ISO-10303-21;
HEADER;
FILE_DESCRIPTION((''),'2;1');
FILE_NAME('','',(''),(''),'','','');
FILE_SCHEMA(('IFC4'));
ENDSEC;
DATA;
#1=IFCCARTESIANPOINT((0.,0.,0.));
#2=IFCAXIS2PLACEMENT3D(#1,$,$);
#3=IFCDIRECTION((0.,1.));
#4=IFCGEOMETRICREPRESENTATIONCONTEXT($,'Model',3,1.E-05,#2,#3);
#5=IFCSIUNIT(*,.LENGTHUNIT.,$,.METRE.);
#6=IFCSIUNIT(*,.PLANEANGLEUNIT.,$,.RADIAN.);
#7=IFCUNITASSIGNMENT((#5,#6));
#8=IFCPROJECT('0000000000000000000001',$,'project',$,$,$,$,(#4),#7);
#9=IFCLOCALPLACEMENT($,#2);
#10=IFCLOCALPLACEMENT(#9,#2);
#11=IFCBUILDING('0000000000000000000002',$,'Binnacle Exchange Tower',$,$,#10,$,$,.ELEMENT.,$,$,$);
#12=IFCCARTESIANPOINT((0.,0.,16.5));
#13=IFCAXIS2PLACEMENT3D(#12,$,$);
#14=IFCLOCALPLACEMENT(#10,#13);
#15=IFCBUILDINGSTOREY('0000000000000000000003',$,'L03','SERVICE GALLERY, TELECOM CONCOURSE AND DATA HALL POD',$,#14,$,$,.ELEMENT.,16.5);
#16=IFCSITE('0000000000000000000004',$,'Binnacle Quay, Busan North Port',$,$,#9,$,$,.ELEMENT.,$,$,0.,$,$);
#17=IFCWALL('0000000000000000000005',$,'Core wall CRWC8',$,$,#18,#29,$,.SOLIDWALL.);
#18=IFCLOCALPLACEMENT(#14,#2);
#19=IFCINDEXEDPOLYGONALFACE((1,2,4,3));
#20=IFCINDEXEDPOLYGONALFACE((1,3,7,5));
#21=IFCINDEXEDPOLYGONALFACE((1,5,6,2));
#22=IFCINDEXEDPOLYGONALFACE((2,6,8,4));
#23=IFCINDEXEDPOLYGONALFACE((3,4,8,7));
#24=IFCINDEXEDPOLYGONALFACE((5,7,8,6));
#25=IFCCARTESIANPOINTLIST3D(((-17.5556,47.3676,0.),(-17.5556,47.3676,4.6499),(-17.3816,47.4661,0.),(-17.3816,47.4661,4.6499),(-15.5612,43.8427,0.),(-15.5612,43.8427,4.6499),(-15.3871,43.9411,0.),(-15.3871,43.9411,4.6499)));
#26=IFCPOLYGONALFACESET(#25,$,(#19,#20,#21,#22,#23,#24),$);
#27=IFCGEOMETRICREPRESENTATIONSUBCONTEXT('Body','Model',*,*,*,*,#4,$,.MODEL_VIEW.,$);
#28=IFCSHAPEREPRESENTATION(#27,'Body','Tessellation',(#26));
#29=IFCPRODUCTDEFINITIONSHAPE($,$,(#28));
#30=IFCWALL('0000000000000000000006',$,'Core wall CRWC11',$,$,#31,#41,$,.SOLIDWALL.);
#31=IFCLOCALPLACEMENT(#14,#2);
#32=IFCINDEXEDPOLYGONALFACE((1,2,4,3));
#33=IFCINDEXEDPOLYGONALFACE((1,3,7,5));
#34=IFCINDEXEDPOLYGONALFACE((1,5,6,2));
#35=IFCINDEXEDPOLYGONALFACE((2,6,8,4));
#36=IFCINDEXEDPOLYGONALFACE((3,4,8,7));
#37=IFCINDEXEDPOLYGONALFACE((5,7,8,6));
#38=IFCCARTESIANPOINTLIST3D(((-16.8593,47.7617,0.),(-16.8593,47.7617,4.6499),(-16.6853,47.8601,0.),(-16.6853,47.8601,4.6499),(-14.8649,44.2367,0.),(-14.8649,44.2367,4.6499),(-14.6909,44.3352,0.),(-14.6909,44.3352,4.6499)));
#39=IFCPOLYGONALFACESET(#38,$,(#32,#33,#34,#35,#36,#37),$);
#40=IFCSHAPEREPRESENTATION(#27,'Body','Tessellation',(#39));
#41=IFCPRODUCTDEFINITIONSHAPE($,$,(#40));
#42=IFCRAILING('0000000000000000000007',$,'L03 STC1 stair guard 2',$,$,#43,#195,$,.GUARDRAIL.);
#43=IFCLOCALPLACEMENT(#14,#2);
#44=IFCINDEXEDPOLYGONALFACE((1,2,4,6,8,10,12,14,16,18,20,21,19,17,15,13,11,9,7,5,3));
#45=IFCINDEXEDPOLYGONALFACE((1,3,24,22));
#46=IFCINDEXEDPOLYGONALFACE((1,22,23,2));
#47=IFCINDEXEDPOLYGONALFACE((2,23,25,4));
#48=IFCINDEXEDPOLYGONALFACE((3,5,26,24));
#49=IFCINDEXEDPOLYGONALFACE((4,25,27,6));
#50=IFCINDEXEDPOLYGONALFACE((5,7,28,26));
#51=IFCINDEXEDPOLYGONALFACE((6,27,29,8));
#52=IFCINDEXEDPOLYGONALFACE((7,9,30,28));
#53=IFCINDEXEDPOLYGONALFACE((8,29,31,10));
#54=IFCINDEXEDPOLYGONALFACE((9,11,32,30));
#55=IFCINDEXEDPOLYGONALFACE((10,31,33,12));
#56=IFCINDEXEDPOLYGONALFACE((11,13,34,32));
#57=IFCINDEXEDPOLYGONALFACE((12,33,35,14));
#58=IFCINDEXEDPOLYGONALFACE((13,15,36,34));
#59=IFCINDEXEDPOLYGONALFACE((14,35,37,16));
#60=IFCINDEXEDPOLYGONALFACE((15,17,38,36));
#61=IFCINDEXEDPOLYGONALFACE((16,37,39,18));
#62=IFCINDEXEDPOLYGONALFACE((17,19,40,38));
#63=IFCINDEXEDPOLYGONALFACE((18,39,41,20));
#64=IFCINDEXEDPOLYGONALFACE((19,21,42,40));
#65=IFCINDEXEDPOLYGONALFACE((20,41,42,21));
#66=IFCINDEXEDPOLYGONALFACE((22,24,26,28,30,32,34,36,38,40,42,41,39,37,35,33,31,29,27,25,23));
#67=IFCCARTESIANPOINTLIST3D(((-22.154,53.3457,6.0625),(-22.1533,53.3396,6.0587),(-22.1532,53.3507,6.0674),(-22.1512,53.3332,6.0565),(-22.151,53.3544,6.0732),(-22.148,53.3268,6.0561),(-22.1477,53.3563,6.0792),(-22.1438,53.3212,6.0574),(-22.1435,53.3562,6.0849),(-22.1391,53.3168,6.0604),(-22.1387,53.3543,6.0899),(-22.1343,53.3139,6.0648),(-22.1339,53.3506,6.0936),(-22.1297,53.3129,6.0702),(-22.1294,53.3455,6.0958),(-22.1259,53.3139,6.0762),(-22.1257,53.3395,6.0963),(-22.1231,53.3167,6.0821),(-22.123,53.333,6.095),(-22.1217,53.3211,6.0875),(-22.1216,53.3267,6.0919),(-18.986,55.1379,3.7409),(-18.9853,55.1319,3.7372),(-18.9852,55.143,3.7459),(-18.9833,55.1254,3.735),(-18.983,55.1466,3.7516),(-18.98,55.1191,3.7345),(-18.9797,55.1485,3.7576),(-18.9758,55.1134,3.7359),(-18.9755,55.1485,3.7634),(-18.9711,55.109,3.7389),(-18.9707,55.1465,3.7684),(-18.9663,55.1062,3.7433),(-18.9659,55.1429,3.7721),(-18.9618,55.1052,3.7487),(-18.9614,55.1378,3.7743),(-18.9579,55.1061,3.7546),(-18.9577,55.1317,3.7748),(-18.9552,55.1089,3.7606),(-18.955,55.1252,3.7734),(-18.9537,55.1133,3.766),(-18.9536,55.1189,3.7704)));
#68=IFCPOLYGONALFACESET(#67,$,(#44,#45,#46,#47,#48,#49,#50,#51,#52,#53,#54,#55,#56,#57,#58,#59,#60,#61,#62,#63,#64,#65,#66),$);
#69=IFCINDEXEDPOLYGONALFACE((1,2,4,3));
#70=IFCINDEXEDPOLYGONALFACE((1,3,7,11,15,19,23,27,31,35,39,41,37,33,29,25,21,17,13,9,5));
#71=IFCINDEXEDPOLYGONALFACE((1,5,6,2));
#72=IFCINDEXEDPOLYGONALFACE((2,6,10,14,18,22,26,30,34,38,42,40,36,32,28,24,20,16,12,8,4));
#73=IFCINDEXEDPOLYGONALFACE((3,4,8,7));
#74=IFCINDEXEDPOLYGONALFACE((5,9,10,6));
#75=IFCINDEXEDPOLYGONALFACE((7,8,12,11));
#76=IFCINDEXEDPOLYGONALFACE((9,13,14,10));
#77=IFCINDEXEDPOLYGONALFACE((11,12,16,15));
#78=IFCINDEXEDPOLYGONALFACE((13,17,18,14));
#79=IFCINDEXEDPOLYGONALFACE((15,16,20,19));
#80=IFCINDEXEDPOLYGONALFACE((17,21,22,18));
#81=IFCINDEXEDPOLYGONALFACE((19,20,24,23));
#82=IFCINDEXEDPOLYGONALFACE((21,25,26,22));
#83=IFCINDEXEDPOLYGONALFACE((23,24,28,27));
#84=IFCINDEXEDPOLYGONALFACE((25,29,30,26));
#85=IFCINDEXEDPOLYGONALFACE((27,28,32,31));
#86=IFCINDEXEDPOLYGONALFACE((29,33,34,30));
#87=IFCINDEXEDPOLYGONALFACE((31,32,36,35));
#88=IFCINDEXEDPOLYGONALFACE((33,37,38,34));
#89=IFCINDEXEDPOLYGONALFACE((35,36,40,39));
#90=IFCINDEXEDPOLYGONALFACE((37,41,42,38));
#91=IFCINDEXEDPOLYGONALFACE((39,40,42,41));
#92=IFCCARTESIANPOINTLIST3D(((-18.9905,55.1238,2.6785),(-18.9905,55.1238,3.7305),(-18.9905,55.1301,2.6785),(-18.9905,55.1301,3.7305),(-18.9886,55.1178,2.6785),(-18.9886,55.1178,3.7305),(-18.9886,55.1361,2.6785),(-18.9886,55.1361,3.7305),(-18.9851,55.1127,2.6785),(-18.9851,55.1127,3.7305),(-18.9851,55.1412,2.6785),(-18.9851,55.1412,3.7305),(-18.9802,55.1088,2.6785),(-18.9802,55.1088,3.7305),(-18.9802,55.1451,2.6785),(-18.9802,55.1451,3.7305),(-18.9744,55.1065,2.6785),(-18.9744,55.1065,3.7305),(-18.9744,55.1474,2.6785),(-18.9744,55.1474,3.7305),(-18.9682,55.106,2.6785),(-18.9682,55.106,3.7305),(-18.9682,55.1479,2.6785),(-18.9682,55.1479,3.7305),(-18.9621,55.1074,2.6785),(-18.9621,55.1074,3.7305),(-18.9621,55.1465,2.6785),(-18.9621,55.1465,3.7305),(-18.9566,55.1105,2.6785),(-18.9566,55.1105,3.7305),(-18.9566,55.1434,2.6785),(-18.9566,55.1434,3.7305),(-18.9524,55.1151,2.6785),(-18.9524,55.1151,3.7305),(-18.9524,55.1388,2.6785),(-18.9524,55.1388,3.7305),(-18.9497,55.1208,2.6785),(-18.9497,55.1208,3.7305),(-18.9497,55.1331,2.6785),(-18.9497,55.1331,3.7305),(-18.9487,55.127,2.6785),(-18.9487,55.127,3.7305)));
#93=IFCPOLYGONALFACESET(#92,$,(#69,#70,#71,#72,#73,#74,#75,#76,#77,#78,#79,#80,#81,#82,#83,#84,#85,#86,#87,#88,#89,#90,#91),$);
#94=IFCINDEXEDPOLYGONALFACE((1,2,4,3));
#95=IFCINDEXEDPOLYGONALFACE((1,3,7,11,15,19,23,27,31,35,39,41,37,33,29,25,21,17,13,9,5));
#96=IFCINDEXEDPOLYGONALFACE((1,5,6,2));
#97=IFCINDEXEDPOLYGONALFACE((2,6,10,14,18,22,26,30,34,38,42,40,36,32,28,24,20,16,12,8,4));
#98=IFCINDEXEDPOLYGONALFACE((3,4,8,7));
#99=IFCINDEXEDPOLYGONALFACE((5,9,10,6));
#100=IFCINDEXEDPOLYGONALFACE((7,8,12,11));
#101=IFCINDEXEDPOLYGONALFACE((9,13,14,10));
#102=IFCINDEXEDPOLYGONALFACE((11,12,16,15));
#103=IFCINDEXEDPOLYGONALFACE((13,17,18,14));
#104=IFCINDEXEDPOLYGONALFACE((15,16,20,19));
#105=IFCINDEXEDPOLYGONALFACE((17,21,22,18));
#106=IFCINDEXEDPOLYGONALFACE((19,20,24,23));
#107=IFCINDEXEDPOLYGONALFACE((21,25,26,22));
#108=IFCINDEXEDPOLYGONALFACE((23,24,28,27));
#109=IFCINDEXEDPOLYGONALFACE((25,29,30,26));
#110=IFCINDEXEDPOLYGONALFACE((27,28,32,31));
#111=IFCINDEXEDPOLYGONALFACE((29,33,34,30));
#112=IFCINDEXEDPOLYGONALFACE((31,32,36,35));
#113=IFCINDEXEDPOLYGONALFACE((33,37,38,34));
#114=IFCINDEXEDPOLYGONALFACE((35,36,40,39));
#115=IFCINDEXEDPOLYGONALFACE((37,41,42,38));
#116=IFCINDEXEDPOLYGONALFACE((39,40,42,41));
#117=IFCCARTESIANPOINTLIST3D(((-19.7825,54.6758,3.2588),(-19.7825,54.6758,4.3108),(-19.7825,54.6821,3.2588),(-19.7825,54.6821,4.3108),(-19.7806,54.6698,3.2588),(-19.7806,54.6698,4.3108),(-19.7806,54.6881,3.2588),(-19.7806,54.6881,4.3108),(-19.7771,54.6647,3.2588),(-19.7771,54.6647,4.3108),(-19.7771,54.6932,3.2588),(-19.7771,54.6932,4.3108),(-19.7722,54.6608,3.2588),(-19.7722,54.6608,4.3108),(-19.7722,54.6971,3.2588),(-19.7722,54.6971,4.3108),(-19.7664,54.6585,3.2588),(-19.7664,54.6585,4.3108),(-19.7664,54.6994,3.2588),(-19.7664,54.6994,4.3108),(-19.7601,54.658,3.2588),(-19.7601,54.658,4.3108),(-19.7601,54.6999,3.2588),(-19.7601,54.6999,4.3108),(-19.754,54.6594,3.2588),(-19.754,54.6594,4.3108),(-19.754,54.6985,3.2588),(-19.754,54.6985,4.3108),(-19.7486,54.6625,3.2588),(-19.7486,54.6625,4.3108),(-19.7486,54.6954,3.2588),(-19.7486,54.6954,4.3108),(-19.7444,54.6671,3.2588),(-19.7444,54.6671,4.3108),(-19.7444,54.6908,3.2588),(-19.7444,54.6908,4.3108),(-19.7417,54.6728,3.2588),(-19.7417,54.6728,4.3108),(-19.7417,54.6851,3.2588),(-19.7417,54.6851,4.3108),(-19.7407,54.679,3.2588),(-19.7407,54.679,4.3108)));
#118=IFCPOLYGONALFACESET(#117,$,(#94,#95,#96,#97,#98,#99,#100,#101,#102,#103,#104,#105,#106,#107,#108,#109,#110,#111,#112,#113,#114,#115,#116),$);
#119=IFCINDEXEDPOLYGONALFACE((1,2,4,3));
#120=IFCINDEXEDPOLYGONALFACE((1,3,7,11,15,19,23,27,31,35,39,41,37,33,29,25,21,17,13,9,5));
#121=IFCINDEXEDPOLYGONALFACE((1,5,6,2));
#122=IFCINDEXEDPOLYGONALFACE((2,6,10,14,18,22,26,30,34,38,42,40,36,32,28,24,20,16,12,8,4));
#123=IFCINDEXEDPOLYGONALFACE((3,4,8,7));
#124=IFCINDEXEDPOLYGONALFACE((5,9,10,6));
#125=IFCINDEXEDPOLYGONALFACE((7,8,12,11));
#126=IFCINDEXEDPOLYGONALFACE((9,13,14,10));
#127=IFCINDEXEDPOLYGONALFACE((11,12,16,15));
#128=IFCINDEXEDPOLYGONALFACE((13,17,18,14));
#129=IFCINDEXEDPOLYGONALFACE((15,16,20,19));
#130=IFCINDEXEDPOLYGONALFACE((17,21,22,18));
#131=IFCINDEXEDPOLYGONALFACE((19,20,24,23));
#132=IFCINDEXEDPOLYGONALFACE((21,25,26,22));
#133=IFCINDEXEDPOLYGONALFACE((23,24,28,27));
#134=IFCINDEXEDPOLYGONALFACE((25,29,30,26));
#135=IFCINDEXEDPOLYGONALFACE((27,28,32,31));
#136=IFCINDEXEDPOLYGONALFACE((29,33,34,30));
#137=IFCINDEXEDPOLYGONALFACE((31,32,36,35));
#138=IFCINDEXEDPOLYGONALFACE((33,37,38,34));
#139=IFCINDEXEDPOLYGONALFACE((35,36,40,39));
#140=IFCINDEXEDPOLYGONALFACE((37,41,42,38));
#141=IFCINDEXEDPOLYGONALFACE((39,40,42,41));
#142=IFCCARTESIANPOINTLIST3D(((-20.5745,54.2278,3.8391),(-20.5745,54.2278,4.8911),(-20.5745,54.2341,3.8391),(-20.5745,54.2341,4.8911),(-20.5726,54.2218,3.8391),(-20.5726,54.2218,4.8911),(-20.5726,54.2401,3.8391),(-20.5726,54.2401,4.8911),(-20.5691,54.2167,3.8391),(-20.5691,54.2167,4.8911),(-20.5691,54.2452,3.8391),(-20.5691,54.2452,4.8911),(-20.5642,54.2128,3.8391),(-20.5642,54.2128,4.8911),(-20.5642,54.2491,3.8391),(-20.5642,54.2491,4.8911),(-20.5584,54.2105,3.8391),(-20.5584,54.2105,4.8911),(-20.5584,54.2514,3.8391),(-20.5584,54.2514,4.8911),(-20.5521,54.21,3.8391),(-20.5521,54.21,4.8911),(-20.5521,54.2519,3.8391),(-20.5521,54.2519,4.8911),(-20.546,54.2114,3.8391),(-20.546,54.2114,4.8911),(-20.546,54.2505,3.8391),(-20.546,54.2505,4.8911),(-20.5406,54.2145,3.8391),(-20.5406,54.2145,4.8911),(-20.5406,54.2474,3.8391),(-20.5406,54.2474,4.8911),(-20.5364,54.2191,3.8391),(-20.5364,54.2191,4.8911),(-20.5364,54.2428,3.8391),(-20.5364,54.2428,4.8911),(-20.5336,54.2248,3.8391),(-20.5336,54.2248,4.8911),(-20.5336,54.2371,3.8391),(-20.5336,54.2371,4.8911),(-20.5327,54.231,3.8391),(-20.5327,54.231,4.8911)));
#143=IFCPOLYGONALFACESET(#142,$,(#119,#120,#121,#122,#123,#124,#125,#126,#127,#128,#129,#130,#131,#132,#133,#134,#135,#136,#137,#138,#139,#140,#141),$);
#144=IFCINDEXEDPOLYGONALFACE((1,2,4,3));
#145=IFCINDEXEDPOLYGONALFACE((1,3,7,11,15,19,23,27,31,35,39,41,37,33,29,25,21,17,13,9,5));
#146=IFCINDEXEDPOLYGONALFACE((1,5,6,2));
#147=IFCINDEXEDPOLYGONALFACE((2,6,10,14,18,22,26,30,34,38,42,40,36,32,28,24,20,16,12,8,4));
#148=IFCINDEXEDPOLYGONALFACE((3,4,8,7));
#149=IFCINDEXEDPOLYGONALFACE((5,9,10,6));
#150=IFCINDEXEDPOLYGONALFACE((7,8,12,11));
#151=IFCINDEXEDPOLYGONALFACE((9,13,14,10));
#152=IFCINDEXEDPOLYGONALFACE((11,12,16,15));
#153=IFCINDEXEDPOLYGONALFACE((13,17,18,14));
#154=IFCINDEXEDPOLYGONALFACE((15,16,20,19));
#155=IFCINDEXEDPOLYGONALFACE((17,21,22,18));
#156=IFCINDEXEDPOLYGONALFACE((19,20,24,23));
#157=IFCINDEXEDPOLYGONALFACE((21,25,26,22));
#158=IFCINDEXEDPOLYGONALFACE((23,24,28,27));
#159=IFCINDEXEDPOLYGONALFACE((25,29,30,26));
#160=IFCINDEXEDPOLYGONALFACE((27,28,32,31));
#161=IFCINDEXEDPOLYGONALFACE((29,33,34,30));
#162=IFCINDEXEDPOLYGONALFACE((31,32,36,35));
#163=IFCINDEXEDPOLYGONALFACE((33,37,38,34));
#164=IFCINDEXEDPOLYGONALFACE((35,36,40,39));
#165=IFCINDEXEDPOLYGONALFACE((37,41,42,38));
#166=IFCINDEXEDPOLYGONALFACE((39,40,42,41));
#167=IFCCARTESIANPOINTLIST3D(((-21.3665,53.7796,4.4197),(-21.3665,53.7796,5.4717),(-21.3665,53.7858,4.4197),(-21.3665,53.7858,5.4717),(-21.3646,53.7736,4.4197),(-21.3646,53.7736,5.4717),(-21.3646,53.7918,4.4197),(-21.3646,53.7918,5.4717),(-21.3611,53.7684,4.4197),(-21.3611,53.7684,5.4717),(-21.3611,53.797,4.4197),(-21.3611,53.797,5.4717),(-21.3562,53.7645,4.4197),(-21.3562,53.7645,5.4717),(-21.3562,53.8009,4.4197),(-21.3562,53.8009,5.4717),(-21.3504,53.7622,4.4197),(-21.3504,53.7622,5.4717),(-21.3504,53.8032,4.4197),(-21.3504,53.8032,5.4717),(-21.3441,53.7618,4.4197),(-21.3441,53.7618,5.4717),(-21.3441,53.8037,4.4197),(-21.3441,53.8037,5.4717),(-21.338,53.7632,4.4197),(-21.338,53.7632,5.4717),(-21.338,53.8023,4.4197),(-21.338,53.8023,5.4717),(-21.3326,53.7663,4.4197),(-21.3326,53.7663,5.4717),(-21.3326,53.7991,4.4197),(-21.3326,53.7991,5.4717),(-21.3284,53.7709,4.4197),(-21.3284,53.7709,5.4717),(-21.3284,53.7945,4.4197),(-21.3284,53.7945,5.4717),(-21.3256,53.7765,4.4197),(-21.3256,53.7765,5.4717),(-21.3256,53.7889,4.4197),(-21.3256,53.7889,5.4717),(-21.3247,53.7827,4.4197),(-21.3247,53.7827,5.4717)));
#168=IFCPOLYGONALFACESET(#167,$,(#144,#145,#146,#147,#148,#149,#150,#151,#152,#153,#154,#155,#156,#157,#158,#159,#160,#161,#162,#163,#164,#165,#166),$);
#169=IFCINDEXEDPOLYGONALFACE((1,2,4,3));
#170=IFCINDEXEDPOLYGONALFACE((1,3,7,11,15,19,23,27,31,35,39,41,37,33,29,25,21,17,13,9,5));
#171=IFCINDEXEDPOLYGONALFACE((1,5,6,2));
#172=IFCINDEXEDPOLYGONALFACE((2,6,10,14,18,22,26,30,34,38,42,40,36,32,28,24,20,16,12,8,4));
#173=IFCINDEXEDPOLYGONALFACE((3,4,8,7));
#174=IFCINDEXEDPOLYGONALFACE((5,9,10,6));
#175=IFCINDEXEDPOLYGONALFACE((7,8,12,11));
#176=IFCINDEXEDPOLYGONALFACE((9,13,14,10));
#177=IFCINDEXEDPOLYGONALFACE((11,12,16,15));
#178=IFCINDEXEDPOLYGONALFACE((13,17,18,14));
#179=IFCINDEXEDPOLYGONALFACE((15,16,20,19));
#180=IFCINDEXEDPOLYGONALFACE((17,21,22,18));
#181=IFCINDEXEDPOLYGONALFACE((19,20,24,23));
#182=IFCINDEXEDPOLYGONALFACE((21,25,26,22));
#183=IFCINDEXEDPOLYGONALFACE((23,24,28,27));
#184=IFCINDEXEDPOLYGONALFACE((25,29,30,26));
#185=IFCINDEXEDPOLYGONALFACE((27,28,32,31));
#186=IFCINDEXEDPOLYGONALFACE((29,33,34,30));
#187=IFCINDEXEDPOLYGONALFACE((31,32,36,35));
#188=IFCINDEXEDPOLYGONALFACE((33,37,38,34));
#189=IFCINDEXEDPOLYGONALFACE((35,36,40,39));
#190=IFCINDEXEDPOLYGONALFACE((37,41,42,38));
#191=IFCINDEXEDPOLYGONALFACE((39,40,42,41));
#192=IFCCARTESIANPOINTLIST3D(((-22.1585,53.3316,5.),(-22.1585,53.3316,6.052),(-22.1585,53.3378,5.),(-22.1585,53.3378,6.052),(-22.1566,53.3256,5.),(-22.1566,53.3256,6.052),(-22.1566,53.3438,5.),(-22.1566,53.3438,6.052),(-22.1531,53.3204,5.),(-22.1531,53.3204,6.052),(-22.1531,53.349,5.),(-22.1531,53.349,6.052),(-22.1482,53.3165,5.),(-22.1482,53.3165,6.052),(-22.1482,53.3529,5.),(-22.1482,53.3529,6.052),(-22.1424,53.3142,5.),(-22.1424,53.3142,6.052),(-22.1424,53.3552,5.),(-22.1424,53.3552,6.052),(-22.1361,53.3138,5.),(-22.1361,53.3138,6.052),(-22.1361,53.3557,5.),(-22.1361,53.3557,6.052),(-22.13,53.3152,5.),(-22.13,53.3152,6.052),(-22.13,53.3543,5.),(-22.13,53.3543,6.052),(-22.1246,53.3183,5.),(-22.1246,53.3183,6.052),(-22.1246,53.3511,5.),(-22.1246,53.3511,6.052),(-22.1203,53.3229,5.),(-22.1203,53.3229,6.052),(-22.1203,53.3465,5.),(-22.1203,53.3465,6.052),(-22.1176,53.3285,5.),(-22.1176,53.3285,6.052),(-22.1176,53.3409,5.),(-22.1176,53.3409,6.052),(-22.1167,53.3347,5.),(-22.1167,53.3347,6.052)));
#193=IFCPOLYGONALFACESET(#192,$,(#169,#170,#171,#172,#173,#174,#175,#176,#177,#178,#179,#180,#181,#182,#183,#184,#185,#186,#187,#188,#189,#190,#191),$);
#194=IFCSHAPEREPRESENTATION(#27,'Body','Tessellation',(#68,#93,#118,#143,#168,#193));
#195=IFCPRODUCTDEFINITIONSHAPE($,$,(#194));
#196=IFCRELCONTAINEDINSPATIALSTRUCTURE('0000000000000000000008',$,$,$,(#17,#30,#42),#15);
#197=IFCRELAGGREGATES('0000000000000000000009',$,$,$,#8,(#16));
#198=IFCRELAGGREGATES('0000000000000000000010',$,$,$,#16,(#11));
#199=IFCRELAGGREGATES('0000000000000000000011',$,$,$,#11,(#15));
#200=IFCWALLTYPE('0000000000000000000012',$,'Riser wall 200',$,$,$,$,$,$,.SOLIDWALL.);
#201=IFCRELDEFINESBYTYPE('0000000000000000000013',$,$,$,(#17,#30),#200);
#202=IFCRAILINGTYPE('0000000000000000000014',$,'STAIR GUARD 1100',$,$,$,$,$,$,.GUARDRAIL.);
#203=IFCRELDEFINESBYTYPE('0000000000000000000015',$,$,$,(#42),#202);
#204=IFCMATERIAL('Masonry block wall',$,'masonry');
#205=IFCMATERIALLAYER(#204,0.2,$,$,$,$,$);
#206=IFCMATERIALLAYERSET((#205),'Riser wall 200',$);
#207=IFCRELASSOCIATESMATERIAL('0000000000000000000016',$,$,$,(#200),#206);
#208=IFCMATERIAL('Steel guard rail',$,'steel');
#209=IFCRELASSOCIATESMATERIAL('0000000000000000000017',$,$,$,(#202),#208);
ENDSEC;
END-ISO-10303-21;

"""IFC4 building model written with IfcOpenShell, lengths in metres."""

from ifc_helpers import new_model, si_unit, direction, frame, frame_2d, origin, origin_2d, place, context, subcontext, project, spatial, rectangle, circle, extrude, material, layer, layer_set, type_object, element, save


model = new_model("IFC4")

# Units and contexts
model_context = context("Model", 3, precision=1e-05, world=origin(), true_north=direction((0.0, 1.0)))
body_context = subcontext(model_context, "Body", "Model", "MODEL_VIEW")
ifc_project = project(units=[si_unit("LENGTHUNIT", "METRE"), si_unit("PLANEANGLEUNIT", "RADIAN")], contexts=[model_context])

# Site, building, storey
site_placement = place(None, origin())
site = spatial("IfcSite", under=ifc_project, at=site_placement, Name="Binnacle Quay, Busan North Port", CompositionType="ELEMENT", RefElevation=0.0)
building_placement = place(site_placement, origin())
building = spatial("IfcBuilding", under=site, at=building_placement, Name="Binnacle Exchange Tower", CompositionType="ELEMENT")
storey_placement = place(building_placement, frame((0.0, 0.0, 16.5)))
storey = spatial("IfcBuildingStorey", under=building, at=storey_placement, Name="L03", Description="SERVICE GALLERY, TELECOM CONCOURSE AND DATA HALL POD", CompositionType="ELEMENT", Elevation=16.5)

# Shared definitions
ifc_material_1 = material(Name="Masonry block wall", Category="masonry")

# Walls
ifc_layer_1 = layer(ifc_material_1, 0.2)
ifc_layer_set_1 = layer_set([ifc_layer_1], Name="Riser wall 200")
wall_type_1 = type_object("IfcWallType", Name="Riser wall 200", PredefinedType="SOLIDWALL", material=ifc_layer_set_1)
for number, where, z_axis, x_axis, name in (
    (1, (-17.4685, 47.4167, 0.0), (0.0, 0.0, 1.0), (0.492441, -0.870346, 0.0), "Core wall CRWC8"),
    (2, (-16.7722, 47.8108, 0.0), (0.0, 0.0, 1.0), (0.492441, -0.870346, 0.0), "Core wall CRWC11"),
):
    element("IfcWall", number, at=place(storey_placement, frame(where, z_axis=z_axis, x_axis=x_axis)), inside=storey, type_object=wall_type_1, Name=name, PredefinedType="SOLIDWALL", context=body_context, shape_type="SweptSolid", body=[
        extrude(rectangle(XDim=4.05, YDim=0.2, at=frame_2d((2.0249, 0.0))), origin(), (0.0, 0.0, 1.0), 4.6499),
    ])

# Railing
ifc_material_2 = material(Name="Steel guard rail", Category="steel")
railing_type = type_object("IfcRailingType", Name="STAIR GUARD 1100", PredefinedType="GUARDRAIL", material=ifc_material_2)
railing_placement = place(storey_placement, frame((-18.9697, 55.127, 2.6785)))
element("IfcRailing", 3, at=railing_placement, inside=storey, type_object=railing_type, Name="L03 STC1 stair guard 2", PredefinedType="GUARDRAIL", context=body_context, shape_type="SweptSolid", body=[
    extrude(circle(Radius=0.0239, at=origin_2d()), frame((0.0, 0.0, 1.0762), z_axis=(-0.733813, -0.415145, 0.537749), x_axis=(0.4924, -0.870369, 0.0)), (0.0, 0.0, 1.0), 4.3171),
    extrude(circle(Radius=0.021, at=origin_2d()), origin(), (0.0, 0.0, 1.0), 1.052),
    extrude(circle(Radius=0.021, at=origin_2d()), frame((-0.792, -0.448, 0.5803)), (0.0, 0.0, 1.0), 1.052),
    extrude(circle(Radius=0.021, at=origin_2d()), frame((-1.584, -0.896, 1.1606)), (0.0, 0.0, 1.0), 1.052),
    extrude(circle(Radius=0.021, at=origin_2d()), frame((-2.376, -1.3442, 1.7412)), (0.0, 0.0, 1.0), 1.052),
    extrude(circle(Radius=0.021, at=origin_2d()), frame((-3.168, -1.7922, 2.3215)), (0.0, 0.0, 1.0), 1.052),
])

save(model, "model.ifc")
